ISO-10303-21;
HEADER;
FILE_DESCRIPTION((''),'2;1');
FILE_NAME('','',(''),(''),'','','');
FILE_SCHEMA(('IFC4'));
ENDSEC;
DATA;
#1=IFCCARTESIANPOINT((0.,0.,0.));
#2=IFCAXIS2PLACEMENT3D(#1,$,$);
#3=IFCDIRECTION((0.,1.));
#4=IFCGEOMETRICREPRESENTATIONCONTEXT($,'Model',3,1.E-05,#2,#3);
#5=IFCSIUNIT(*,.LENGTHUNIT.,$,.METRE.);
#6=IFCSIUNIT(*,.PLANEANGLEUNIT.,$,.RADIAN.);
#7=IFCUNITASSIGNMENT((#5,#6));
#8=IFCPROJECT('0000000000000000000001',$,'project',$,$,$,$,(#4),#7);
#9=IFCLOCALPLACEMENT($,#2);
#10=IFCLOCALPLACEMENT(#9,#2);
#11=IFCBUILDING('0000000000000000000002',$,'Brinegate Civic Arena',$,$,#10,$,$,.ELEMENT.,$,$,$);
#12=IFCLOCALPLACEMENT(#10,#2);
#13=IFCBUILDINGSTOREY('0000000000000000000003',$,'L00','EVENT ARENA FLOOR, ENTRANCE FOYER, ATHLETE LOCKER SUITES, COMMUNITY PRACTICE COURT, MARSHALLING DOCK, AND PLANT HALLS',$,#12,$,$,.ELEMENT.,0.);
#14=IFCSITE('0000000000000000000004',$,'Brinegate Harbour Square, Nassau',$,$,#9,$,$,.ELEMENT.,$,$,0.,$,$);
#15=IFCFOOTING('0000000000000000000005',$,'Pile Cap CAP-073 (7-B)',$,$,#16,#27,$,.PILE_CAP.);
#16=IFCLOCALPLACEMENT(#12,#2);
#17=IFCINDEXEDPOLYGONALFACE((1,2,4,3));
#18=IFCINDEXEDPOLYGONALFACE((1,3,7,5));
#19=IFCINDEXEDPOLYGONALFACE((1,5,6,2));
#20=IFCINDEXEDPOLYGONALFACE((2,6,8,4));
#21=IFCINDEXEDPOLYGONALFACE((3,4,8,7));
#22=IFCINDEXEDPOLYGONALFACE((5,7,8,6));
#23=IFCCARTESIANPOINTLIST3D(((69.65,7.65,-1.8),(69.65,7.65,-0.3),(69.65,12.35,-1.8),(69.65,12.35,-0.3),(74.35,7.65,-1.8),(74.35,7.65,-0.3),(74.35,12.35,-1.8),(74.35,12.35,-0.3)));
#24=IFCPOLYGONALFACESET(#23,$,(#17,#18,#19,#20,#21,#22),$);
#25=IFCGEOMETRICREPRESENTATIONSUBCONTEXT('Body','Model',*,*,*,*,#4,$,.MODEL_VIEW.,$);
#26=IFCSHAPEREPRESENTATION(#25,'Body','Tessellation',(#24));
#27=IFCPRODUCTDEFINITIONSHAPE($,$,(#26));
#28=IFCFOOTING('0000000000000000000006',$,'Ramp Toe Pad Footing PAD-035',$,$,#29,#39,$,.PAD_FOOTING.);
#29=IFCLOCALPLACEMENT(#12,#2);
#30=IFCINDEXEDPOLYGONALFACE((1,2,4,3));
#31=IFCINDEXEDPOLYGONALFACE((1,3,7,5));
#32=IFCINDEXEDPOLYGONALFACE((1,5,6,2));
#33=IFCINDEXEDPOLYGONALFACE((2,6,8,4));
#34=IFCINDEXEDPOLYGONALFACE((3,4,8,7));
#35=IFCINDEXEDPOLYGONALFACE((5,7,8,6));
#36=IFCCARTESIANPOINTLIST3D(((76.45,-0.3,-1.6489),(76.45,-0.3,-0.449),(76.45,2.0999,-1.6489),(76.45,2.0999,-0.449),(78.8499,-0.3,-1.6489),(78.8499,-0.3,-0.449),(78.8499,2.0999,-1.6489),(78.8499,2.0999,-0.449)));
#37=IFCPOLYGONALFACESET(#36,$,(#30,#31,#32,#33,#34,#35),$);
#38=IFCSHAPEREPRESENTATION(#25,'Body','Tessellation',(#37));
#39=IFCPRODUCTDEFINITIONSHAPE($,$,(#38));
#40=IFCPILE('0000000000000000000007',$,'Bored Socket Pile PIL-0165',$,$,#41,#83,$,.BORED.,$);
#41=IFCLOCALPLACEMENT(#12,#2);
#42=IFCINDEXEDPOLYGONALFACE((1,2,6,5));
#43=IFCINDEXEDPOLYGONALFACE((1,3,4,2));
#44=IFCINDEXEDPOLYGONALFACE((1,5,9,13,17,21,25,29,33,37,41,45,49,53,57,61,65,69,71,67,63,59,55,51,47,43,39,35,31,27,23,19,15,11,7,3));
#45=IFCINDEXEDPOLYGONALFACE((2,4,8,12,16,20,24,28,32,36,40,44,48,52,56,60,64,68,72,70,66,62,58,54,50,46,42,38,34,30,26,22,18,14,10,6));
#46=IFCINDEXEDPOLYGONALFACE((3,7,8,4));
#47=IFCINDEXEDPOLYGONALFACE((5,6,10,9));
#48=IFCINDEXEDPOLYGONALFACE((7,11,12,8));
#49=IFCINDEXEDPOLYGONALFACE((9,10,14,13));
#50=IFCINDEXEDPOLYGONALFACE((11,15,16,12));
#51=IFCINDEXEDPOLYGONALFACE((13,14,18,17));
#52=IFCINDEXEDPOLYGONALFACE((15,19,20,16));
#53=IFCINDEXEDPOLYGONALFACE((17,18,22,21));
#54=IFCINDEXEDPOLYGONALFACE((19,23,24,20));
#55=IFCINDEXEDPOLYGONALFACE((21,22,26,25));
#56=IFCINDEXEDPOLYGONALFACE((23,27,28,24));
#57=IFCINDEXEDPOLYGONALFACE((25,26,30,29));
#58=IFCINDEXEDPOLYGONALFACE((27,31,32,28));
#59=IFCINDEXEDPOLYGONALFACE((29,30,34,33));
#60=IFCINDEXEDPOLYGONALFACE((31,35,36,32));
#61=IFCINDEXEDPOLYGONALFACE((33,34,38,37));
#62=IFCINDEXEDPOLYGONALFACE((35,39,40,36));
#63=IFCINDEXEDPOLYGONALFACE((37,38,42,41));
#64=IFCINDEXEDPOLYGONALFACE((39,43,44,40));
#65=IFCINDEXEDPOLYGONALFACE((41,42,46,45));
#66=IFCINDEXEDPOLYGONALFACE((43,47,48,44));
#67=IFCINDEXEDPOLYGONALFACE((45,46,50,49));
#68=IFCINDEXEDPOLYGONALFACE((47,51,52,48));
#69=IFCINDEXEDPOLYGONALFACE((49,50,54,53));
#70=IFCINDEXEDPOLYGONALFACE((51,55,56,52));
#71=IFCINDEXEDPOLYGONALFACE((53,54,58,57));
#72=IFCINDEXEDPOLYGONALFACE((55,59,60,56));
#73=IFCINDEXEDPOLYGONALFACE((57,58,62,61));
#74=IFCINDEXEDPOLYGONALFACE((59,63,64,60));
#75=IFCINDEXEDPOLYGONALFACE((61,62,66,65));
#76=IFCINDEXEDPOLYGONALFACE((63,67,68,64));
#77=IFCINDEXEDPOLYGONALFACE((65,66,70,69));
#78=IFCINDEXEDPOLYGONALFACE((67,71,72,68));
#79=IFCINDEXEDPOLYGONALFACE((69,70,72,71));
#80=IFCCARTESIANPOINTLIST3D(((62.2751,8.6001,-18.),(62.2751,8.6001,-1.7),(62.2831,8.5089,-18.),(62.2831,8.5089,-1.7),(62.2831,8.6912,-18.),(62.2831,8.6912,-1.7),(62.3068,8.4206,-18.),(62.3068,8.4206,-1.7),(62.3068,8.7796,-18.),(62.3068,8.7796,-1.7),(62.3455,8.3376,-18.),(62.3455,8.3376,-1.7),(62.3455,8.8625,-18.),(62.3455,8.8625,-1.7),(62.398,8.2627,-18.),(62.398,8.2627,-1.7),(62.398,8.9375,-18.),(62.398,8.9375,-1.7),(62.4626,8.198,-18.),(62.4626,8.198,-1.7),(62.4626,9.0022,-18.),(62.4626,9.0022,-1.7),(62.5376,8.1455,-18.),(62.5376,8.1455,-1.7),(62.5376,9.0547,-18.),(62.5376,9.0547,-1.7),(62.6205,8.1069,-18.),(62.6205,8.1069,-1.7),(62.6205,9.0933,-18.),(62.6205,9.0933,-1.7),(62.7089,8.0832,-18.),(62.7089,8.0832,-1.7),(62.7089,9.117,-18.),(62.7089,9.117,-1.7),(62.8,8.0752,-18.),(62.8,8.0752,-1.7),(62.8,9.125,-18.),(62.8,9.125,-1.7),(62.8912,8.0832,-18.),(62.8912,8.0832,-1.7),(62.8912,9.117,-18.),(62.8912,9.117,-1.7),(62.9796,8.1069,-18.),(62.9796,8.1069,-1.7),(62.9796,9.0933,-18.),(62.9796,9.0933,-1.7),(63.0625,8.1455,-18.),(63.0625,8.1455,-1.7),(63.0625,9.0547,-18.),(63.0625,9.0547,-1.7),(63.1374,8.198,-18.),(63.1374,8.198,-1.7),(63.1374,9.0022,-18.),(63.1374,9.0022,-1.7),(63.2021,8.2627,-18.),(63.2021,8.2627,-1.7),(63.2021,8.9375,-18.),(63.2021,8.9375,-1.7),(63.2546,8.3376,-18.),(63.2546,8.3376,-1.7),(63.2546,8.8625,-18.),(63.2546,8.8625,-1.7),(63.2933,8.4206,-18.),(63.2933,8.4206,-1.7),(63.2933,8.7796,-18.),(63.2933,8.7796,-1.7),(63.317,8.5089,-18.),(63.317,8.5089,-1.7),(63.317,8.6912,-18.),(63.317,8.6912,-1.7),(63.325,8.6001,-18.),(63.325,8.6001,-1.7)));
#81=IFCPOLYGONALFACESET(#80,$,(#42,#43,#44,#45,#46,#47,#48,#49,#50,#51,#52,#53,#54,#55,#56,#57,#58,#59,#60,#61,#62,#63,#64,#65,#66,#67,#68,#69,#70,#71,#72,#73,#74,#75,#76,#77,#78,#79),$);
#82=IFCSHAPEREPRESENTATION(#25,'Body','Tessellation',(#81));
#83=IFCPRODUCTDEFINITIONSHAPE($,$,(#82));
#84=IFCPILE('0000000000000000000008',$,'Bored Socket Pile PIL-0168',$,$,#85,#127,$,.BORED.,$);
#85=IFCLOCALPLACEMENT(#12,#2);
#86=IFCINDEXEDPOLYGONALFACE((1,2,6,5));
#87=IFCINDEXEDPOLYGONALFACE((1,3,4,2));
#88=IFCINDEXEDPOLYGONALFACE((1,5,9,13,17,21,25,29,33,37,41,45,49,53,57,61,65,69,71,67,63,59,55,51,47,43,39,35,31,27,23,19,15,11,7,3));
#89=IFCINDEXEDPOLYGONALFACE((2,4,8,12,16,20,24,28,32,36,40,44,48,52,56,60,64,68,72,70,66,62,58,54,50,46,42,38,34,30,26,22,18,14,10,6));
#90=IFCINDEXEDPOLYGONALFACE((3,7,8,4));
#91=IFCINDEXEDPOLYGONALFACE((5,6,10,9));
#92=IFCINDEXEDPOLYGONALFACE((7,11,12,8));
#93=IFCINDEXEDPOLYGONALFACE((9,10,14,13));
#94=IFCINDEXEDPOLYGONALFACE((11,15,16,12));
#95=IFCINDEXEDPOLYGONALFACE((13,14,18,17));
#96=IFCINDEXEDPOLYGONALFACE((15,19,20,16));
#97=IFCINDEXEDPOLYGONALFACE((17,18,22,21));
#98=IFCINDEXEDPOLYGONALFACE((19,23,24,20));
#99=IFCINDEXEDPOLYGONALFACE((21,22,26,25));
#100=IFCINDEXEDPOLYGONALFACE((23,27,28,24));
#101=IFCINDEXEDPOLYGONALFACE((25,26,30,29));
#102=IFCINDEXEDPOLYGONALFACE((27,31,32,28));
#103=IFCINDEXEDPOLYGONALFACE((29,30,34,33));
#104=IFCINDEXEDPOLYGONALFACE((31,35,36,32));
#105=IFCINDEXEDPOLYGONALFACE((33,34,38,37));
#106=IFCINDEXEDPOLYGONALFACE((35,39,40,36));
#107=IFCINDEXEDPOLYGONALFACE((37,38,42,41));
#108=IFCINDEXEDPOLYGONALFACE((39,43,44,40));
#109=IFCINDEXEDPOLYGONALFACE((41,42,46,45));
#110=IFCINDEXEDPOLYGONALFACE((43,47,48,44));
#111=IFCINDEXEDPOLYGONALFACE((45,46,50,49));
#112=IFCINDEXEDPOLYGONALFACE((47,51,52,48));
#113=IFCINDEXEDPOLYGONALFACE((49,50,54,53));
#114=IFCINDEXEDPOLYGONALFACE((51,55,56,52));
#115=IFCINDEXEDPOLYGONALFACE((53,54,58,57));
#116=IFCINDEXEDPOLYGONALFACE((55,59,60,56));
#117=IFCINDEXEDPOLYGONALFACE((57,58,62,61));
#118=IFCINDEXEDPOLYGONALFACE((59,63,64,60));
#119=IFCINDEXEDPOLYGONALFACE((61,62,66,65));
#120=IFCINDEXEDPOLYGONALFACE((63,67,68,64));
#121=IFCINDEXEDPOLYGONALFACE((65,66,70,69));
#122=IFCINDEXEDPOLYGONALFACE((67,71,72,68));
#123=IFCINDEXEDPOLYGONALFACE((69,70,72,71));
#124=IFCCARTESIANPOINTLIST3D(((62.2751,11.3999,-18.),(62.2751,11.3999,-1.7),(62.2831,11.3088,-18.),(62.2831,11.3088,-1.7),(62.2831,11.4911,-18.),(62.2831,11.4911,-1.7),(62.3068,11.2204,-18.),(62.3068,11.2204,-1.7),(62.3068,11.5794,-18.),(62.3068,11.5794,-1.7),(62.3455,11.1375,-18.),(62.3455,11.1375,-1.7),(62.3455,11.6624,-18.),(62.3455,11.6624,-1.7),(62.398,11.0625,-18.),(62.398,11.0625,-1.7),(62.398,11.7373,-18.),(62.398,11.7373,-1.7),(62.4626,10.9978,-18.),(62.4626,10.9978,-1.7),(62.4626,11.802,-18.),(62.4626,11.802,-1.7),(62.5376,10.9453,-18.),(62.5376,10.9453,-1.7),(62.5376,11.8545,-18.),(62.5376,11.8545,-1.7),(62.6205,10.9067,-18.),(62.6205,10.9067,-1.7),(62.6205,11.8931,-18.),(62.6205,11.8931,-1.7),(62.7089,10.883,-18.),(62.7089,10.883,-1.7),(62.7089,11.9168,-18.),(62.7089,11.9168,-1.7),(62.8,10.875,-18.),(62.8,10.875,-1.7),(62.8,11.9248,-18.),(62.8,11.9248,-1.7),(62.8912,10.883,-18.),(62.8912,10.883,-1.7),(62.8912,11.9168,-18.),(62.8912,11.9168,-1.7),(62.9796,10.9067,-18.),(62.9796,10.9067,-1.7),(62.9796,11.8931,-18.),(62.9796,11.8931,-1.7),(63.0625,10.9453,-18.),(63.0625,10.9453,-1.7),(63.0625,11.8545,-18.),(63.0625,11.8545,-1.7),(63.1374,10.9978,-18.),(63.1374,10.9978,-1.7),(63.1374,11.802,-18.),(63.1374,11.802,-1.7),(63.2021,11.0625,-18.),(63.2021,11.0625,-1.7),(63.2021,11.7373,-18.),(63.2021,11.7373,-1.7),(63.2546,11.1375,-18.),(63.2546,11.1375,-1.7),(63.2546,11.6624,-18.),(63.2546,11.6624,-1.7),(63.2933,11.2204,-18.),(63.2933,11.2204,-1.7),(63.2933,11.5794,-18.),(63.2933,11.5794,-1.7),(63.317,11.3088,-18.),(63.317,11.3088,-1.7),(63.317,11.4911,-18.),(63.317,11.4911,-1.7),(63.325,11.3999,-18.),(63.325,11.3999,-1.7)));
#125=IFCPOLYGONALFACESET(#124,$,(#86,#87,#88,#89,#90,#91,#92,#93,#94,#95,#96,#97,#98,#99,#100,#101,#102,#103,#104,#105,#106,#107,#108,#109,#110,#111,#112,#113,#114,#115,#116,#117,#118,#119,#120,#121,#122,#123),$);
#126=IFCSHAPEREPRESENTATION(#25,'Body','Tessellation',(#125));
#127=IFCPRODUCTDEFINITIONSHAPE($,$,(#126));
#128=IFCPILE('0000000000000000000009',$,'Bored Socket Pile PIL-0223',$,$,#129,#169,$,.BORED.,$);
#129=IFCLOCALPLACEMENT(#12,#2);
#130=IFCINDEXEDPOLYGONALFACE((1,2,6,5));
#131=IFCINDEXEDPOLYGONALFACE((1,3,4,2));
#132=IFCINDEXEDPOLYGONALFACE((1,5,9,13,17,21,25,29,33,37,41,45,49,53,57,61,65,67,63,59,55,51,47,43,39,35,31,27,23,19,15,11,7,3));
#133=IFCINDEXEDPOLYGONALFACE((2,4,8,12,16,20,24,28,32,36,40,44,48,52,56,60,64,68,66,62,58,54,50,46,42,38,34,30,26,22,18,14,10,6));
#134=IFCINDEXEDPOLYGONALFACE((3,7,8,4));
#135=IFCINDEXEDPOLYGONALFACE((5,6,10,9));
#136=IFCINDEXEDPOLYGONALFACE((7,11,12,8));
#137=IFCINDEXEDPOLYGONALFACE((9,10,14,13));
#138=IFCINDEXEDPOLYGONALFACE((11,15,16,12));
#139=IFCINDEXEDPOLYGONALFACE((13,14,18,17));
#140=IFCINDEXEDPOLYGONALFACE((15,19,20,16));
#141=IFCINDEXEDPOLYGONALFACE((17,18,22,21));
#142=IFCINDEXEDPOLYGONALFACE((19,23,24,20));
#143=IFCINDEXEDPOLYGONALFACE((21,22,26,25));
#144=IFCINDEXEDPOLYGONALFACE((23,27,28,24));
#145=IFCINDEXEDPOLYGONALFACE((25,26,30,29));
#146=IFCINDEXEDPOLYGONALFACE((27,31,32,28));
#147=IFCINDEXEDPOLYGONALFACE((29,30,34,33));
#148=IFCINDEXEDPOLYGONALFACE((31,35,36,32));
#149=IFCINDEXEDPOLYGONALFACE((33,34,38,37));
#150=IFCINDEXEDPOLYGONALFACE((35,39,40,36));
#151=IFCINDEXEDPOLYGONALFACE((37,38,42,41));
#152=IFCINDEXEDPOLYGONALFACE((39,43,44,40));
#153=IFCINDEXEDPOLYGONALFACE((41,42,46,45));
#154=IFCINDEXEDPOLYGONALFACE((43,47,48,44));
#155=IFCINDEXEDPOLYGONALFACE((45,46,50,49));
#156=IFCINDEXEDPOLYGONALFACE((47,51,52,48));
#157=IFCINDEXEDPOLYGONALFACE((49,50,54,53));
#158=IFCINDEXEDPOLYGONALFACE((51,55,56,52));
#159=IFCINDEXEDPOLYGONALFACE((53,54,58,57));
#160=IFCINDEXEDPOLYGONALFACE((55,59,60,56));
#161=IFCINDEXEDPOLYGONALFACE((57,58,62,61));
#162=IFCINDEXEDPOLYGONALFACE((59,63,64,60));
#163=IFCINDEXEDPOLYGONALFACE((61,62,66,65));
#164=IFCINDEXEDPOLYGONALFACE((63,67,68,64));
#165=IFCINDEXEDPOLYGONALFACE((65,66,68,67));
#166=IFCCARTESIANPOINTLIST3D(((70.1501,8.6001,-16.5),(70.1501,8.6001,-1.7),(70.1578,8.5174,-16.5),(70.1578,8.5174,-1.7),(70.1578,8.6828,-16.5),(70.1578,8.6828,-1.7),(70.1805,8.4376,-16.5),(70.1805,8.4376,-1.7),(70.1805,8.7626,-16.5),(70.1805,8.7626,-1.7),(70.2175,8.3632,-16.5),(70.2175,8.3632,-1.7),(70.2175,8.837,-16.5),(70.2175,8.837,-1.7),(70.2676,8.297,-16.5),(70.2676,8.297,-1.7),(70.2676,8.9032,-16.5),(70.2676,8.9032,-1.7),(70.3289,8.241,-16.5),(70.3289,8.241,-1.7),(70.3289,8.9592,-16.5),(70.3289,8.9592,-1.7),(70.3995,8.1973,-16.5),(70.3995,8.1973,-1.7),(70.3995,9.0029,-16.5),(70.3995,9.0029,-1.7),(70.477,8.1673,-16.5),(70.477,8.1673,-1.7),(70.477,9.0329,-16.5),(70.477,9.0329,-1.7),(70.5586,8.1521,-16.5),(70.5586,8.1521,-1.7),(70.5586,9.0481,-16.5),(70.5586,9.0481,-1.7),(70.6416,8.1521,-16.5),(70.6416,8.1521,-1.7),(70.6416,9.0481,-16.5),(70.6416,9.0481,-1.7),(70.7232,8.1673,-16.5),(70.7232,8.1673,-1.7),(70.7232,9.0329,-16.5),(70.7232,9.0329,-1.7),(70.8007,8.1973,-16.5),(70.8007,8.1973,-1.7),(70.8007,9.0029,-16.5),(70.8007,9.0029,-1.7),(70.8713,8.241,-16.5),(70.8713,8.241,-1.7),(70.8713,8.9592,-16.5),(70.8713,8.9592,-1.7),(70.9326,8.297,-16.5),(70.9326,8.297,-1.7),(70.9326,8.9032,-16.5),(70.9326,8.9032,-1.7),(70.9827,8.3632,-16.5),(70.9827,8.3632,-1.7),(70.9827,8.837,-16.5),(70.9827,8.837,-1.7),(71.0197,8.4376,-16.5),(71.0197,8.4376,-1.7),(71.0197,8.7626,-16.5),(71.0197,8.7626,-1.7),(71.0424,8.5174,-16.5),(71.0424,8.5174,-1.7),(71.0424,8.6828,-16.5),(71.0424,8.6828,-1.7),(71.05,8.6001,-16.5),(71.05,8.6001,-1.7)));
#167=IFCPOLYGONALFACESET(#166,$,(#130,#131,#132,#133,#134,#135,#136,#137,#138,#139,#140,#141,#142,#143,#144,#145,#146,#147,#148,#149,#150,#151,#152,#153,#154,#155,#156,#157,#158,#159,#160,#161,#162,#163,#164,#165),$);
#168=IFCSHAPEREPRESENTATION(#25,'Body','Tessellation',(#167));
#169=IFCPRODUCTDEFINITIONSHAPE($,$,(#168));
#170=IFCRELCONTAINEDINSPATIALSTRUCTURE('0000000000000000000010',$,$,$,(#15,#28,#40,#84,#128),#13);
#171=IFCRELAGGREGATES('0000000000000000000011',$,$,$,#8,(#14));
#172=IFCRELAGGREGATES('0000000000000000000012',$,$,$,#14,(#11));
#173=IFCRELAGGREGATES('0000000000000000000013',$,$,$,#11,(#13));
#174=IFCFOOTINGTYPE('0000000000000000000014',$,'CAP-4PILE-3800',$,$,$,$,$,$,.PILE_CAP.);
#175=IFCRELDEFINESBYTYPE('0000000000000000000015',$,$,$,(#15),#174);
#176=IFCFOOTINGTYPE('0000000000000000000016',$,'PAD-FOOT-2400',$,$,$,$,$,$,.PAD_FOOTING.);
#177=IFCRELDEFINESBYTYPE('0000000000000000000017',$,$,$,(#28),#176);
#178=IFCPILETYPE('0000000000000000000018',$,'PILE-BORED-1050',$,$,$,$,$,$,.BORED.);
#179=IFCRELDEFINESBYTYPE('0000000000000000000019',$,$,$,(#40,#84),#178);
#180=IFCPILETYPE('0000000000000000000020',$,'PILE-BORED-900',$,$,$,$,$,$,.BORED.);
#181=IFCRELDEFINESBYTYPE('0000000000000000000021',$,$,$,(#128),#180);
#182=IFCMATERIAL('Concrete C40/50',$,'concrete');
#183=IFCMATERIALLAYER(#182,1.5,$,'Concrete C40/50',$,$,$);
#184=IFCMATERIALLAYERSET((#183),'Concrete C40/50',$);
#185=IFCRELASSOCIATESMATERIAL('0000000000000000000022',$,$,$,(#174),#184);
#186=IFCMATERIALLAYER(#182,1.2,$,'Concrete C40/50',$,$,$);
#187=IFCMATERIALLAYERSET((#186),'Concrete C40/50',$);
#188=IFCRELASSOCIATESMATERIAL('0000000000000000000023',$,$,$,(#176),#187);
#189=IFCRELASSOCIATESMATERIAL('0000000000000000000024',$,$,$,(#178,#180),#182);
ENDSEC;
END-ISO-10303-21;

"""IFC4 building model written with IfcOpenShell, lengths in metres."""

from ifc_helpers import new_model, si_unit, direction, frame, origin, origin_2d, place, context, subcontext, project, spatial, rectangle, circle, extrude, material, layer, layer_set, material_profile, profile_set, type_object, element, save


model = new_model("IFC4")

# Units and contexts
model_context = context("Model", 3, precision=1e-05, world=origin(), true_north=direction((0.0, 1.0)))
body_context = subcontext(model_context, "Body", "Model", "MODEL_VIEW")
ifc_project = project(units=[si_unit("LENGTHUNIT", "METRE"), si_unit("PLANEANGLEUNIT", "RADIAN")], contexts=[model_context])

# Site, building, storey
site_placement = place(None, origin())
site = spatial("IfcSite", under=ifc_project, at=site_placement, Name="Brinegate Harbour Square, Nassau", CompositionType="ELEMENT", RefElevation=0.0)
building_placement = place(site_placement, origin())
building = spatial("IfcBuilding", under=site, at=building_placement, Name="Brinegate Civic Arena", CompositionType="ELEMENT")
storey_placement = place(building_placement, origin())
storey = spatial("IfcBuildingStorey", under=building, at=storey_placement, Name="L00", Description="EVENT ARENA FLOOR, ENTRANCE FOYER, ATHLETE LOCKER SUITES, COMMUNITY PRACTICE COURT, MARSHALLING DOCK, AND PLANT HALLS", CompositionType="ELEMENT", Elevation=0.0)

# Footings
ifc_material_1 = material(Name="Concrete C40/50", Category="concrete")
ifc_layer_1 = layer(ifc_material_1, 1.5, Name="Concrete C40/50")
ifc_layer_set_1 = layer_set([ifc_layer_1], Name="Concrete C40/50")
footing_type_1 = type_object("IfcFootingType", Name="CAP-4PILE-3800", PredefinedType="PILE_CAP", material=ifc_layer_set_1)
footing_1_placement = place(storey_placement, frame((72.0, 10.0, -1.8), z_axis=(0.0, 0.0, 1.0), x_axis=(1.0, 0.0, 0.0)))
element("IfcFooting", 1, at=footing_1_placement, inside=storey, type_object=footing_type_1, Name="Pile Cap CAP-073 (7-B)", PredefinedType="PILE_CAP", context=body_context, shape_type="SweptSolid", body=[
    extrude(rectangle(XDim=4.7, YDim=4.7, at=origin_2d()), origin(), (0.0, 0.0, 1.0), 1.5),
])
ifc_layer_2 = layer(ifc_material_1, 1.2, Name="Concrete C40/50")
ifc_layer_set_2 = layer_set([ifc_layer_2], Name="Concrete C40/50")
footing_type_2 = type_object("IfcFootingType", Name="PAD-FOOT-2400", PredefinedType="PAD_FOOTING", material=ifc_layer_set_2)
footing_2_placement = place(storey_placement, frame((77.6499, 0.8999, -1.6489), z_axis=(0.0, 0.0, 1.0), x_axis=(1.0, 0.0, 0.0)))
element("IfcFooting", 2, at=footing_2_placement, inside=storey, type_object=footing_type_2, Name="Ramp Toe Pad Footing PAD-035", PredefinedType="PAD_FOOTING", context=body_context, shape_type="SweptSolid", body=[
    extrude(rectangle(XDim=2.3999, YDim=2.3999, at=origin_2d()), origin(), (0.0, 0.0, 1.0), 1.2),
])

# Piles
ifc_material_profile_1 = material_profile(ifc_material_1, circle(Radius=0.5249, at=origin_2d()), Name="PILED1050")
ifc_profile_set_1 = profile_set([ifc_material_profile_1], Name="Concrete C40/50")
pile_type_1 = type_object("IfcPileType", Name="PILE-BORED-1050", PredefinedType="BORED", material=ifc_profile_set_1)
for number, where, z_axis, x_axis, name in (
    (3, (62.8, 8.6001, -1.7), (0.0, 0.0, -1.0), (1.0, 0.0, 0.0), "Bored Socket Pile PIL-0165"),
    (4, (62.8, 11.3999, -1.7), (0.0, 0.0, -1.0), (1.0, 0.0, 0.0), "Bored Socket Pile PIL-0168"),
):
    element("IfcPile", number, at=place(storey_placement, frame(where, z_axis=z_axis, x_axis=x_axis)), inside=storey, type_object=pile_type_1, Name=name, PredefinedType="BORED", context=body_context, shape_type="SweptSolid", body=[
        extrude(circle(Radius=0.5249, at=origin_2d()), origin(), (0.0, 0.0, 1.0), 16.3),
    ])
ifc_material_profile_2 = material_profile(ifc_material_1, circle(Radius=0.45, at=origin_2d()), Name="PILED900")
ifc_profile_set_2 = profile_set([ifc_material_profile_2], Name="Concrete C40/50")
pile_type_2 = type_object("IfcPileType", Name="PILE-BORED-900", PredefinedType="BORED", material=ifc_profile_set_2)
for number, where, z_axis, x_axis, name in (
    (5, (70.6001, 8.6001, -1.7), (0.0, 0.0, -1.0), (1.0, 0.0, 0.0), "Bored Socket Pile PIL-0223"),
):
    element("IfcPile", number, at=place(storey_placement, frame(where, z_axis=z_axis, x_axis=x_axis)), inside=storey, type_object=pile_type_2, Name=name, PredefinedType="BORED", context=body_context, shape_type="SweptSolid", body=[
        extrude(circle(Radius=0.45, at=origin_2d()), origin(), (0.0, 0.0, 1.0), 14.8),
    ])

save(model, "model.ifc")
